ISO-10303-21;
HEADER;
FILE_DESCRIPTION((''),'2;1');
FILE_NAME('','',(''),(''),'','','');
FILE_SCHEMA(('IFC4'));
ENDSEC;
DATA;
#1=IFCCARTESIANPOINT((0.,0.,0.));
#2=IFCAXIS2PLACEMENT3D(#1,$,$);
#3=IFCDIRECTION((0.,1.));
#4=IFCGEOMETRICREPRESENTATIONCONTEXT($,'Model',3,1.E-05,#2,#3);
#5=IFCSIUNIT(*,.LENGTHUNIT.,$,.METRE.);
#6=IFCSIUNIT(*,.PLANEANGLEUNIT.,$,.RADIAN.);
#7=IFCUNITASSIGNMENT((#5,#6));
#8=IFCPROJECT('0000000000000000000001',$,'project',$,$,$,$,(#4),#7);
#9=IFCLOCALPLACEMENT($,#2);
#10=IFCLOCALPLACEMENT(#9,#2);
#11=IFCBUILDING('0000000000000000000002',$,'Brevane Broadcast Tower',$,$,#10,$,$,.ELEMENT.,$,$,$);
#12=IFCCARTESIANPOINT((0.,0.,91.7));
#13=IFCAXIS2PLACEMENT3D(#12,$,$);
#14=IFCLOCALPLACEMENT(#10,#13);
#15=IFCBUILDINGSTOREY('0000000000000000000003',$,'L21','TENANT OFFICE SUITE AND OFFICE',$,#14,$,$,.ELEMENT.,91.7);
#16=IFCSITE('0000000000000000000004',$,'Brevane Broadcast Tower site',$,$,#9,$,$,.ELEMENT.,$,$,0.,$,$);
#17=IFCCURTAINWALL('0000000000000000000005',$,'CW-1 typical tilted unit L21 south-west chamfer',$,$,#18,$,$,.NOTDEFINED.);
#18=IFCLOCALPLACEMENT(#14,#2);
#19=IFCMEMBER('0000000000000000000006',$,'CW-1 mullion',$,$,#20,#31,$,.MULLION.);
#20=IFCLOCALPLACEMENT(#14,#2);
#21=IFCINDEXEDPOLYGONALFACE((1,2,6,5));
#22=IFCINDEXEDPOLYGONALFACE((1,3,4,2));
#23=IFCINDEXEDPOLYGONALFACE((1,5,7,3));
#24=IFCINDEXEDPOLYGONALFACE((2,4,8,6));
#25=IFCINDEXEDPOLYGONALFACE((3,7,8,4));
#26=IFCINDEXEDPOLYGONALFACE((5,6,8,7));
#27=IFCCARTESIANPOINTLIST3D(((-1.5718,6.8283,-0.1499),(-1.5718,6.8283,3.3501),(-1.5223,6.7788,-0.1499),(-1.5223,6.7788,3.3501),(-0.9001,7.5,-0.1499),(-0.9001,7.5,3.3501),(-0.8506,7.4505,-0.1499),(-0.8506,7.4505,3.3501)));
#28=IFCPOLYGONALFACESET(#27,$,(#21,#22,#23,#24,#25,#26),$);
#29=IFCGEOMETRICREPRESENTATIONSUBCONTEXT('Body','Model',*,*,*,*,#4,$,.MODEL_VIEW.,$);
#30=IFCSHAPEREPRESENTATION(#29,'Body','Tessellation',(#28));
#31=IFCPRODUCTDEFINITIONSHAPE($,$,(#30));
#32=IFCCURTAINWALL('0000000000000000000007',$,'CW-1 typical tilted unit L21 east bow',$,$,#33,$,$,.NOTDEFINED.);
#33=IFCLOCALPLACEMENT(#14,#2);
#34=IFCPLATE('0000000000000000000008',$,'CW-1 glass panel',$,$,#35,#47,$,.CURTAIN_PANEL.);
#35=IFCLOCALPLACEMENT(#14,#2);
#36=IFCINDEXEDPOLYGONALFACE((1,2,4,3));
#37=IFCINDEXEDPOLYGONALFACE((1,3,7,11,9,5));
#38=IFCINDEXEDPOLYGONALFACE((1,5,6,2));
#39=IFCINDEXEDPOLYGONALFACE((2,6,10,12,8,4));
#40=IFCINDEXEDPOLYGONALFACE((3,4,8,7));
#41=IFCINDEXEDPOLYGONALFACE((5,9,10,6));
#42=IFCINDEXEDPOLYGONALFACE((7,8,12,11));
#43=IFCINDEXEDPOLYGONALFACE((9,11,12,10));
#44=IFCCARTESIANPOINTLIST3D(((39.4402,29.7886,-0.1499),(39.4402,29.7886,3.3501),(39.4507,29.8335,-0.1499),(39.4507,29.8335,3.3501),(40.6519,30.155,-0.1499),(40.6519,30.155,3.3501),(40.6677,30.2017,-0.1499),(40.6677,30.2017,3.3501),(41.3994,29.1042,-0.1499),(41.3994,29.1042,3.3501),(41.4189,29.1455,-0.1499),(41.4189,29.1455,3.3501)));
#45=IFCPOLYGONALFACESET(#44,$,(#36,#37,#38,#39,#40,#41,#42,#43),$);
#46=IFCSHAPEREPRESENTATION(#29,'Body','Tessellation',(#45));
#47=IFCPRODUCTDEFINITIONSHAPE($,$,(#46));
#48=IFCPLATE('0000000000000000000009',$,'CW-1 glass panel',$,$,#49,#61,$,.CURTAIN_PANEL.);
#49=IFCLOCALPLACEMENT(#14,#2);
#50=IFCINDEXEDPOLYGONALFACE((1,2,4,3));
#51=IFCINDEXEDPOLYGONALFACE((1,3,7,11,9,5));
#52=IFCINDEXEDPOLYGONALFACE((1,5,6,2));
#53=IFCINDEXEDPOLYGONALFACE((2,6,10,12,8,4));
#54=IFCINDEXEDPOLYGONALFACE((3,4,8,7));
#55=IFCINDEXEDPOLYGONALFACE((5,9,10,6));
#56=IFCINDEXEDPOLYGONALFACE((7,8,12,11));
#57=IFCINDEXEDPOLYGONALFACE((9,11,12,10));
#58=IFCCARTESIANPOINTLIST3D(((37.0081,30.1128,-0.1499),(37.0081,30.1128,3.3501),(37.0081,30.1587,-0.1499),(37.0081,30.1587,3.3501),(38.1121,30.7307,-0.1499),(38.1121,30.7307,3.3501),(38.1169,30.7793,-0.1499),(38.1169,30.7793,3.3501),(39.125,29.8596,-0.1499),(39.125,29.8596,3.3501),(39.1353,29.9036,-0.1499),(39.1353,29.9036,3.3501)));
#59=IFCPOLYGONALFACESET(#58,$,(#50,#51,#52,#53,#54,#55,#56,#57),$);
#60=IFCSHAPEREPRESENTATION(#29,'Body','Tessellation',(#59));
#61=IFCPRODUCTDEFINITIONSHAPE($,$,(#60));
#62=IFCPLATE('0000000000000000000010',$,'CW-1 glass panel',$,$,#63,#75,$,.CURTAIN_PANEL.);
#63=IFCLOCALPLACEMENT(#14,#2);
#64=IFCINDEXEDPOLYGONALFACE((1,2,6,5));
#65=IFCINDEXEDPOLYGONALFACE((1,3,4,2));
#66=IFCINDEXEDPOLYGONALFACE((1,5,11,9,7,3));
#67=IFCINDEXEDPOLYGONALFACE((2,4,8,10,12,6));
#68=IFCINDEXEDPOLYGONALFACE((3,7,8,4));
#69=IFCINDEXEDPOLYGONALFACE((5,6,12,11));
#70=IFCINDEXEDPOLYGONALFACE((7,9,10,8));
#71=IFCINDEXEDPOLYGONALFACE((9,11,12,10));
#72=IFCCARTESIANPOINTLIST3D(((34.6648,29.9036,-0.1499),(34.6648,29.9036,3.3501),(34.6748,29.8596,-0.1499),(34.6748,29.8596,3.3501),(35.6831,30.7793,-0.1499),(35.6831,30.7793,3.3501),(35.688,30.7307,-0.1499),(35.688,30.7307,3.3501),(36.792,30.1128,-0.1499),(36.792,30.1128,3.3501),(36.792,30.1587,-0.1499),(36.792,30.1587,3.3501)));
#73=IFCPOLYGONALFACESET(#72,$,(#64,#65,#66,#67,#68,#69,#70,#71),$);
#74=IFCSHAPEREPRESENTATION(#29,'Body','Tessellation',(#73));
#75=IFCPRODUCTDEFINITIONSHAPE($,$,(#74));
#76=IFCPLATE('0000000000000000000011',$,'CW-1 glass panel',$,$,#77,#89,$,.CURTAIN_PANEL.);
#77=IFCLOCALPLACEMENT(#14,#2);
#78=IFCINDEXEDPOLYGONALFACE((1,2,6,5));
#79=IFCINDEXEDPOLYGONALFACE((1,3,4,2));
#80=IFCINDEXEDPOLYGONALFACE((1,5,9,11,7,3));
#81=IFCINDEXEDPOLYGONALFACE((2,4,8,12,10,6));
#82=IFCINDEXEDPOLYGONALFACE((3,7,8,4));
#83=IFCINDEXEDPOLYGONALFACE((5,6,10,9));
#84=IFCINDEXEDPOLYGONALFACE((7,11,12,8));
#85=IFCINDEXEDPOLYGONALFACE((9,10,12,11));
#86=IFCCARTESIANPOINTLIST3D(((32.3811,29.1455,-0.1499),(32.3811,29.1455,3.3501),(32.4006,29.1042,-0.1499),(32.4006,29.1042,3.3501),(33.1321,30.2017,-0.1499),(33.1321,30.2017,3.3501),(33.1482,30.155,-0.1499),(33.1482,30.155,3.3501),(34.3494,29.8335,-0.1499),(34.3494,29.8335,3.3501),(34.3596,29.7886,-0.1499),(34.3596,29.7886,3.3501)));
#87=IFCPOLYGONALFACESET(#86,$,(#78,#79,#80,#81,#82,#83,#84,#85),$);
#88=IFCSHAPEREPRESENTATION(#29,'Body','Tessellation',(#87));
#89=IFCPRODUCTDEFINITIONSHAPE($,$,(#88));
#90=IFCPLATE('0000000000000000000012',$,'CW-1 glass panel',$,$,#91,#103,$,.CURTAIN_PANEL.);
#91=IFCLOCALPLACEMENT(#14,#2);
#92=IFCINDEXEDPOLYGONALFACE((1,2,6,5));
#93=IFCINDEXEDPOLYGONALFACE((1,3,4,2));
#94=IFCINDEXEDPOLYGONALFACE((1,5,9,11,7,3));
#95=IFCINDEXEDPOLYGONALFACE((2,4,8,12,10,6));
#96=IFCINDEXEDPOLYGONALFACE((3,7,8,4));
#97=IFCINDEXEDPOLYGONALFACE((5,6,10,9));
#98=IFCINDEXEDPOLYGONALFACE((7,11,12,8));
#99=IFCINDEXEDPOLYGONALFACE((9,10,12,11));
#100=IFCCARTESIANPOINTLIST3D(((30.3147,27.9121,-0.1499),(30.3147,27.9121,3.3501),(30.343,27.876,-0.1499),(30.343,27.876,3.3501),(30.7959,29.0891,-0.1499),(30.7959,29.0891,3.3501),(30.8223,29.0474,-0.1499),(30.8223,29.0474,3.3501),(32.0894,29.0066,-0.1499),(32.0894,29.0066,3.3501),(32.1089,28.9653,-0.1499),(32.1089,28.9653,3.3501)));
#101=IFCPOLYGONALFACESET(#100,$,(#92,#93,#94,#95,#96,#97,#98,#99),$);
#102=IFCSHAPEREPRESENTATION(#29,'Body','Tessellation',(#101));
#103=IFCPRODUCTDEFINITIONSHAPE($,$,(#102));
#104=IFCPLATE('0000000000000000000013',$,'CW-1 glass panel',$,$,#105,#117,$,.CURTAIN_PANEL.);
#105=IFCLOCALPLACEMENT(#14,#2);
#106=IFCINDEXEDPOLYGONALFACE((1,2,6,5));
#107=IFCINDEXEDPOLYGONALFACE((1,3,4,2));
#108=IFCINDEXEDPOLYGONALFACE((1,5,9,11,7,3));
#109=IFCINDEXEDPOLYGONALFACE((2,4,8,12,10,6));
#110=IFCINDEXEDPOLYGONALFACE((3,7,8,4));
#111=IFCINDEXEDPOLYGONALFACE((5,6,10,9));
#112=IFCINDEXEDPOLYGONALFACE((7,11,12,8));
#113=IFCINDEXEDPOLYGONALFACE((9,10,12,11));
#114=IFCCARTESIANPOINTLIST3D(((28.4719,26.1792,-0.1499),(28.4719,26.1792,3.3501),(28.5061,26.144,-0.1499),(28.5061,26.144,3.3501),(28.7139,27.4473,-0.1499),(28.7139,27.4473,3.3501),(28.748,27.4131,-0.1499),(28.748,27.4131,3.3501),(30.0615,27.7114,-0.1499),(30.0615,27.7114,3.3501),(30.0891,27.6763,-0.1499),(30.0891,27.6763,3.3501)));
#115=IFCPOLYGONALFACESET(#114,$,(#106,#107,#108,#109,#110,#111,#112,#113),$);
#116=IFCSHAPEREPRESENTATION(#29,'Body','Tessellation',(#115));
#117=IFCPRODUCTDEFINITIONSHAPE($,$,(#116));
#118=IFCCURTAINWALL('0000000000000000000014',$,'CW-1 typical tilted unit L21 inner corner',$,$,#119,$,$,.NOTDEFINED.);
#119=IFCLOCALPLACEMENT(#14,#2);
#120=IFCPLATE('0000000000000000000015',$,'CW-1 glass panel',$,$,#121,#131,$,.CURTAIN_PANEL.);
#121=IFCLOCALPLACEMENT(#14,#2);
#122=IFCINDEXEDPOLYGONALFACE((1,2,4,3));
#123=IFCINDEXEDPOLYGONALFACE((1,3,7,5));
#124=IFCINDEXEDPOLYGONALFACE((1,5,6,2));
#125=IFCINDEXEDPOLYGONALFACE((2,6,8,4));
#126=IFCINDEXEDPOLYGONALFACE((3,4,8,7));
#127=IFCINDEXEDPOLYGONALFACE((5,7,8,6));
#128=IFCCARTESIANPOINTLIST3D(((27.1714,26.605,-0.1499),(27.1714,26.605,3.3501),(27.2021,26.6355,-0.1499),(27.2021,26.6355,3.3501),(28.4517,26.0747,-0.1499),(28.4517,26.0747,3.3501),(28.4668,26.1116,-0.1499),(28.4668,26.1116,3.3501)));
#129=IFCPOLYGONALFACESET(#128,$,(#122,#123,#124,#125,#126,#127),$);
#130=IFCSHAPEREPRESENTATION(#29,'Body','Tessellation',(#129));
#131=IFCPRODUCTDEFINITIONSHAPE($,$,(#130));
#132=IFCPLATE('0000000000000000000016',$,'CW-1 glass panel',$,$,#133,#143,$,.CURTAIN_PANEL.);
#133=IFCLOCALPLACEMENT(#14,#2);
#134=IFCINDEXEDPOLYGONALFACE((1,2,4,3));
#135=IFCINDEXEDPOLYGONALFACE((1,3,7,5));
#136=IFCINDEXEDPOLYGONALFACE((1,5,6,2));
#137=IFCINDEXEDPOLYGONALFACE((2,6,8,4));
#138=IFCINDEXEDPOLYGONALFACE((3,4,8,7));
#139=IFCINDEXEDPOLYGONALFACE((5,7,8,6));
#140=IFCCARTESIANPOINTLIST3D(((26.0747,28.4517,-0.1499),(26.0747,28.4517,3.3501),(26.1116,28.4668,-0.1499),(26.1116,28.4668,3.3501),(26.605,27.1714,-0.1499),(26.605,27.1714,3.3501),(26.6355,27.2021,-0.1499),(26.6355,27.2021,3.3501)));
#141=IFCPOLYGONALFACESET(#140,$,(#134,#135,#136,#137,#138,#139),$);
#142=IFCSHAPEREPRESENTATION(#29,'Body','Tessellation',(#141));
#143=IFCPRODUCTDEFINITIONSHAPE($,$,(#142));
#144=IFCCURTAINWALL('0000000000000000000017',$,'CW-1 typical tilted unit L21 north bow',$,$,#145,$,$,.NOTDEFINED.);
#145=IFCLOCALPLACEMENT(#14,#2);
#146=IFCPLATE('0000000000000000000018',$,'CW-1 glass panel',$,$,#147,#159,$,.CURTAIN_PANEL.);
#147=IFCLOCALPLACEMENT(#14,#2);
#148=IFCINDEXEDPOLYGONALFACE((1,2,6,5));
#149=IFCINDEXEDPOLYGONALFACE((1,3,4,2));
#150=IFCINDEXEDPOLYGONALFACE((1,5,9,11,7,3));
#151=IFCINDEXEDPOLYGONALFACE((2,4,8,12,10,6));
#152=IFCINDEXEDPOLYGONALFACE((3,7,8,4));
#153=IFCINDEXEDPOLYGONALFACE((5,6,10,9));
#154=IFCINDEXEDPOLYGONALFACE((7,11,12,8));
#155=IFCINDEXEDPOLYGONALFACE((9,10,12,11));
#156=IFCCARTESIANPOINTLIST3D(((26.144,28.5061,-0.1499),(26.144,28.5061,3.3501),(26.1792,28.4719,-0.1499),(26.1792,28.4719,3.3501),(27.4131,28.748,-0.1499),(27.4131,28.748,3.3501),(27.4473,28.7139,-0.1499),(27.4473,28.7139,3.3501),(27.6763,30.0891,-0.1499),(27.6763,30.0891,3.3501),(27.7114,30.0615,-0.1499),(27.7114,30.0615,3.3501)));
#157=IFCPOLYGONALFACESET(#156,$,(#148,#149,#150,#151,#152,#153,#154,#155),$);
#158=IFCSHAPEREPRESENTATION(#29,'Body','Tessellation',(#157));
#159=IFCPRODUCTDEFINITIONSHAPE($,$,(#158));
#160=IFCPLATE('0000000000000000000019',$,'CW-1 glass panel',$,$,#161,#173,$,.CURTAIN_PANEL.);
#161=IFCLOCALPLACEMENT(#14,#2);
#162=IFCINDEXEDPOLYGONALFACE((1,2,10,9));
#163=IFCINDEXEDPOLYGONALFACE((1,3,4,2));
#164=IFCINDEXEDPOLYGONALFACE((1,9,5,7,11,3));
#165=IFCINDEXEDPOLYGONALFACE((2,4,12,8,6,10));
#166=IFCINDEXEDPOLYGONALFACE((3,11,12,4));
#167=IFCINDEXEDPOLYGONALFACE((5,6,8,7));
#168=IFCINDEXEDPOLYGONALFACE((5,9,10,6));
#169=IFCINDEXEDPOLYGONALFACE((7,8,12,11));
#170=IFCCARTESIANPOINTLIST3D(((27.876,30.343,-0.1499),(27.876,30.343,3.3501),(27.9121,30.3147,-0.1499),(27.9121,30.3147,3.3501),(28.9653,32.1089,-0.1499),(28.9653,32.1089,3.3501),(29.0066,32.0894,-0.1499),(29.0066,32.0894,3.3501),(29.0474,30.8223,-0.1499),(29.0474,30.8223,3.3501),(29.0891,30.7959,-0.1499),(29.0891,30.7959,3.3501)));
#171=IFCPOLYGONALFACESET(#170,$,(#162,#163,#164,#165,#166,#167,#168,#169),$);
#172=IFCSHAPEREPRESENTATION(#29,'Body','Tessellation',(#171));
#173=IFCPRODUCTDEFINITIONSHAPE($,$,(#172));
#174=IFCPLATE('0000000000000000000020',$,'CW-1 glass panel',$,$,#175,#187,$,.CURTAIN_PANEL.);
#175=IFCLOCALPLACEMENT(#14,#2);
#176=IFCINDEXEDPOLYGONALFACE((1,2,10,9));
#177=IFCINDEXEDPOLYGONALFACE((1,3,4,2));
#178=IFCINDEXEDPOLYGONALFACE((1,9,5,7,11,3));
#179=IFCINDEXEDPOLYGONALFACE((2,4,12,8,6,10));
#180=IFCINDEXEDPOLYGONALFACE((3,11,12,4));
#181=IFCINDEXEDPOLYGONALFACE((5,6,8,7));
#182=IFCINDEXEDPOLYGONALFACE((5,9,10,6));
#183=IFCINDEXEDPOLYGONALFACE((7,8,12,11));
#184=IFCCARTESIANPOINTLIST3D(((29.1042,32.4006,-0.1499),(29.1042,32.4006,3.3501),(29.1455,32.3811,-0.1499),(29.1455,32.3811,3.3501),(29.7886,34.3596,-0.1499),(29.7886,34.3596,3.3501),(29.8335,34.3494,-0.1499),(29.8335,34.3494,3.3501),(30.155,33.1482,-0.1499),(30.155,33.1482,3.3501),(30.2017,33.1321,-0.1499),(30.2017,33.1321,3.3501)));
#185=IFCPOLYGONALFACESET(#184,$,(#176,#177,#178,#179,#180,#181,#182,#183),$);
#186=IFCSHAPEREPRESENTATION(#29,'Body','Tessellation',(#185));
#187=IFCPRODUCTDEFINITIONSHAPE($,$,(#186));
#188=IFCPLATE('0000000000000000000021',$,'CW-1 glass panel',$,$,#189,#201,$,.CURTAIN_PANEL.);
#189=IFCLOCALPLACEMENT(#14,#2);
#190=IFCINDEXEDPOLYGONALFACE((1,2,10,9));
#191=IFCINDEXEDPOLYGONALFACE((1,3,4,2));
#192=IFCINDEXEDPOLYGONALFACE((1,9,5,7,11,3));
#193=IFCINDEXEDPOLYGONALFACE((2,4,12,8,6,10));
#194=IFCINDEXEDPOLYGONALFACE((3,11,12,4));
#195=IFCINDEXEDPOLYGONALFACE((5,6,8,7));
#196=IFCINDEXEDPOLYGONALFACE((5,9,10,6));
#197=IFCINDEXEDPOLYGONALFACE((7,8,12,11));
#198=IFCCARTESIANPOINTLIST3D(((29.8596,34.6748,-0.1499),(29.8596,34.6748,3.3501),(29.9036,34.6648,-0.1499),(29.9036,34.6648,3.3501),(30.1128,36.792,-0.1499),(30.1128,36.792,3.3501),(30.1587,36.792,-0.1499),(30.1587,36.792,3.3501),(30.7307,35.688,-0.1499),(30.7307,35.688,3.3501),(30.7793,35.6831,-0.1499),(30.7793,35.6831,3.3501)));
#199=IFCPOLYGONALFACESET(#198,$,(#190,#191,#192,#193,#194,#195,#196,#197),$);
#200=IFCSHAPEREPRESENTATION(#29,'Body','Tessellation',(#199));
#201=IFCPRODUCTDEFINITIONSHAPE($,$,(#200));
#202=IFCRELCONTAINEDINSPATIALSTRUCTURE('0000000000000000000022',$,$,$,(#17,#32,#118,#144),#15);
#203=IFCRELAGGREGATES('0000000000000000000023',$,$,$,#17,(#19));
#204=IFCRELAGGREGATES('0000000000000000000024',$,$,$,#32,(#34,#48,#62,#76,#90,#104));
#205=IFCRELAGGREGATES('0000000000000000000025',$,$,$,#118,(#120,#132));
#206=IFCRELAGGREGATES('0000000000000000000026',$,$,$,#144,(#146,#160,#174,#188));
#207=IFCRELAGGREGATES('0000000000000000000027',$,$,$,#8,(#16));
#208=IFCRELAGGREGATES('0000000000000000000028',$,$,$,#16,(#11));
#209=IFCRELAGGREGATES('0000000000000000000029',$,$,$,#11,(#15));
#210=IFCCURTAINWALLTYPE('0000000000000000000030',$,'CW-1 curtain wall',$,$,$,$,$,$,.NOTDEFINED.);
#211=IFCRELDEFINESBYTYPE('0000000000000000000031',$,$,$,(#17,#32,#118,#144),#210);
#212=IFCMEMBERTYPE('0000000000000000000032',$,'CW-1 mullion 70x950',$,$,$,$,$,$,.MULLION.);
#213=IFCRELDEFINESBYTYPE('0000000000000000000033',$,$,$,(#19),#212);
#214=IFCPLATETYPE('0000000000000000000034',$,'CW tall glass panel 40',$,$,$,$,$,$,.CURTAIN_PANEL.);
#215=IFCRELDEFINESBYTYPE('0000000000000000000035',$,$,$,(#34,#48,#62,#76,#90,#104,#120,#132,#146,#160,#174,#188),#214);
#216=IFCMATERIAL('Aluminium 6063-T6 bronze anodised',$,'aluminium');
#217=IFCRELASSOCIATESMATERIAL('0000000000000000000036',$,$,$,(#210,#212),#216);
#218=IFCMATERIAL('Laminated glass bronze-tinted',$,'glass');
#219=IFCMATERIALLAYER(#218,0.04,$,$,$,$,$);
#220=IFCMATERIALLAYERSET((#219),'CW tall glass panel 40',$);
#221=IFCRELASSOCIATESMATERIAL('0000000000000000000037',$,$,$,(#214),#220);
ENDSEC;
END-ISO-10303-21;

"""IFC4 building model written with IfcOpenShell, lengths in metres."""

from ifc_helpers import new_model, si_unit, direction, frame, origin, origin_2d, place, context, subcontext, project, spatial, polyline, rectangle, outline, extrude, material, layer, layer_set, material_profile, profile_set, type_object, element, aggregate, save


model = new_model("IFC4")

# Units and contexts
model_context = context("Model", 3, precision=1e-05, world=origin(), true_north=direction((0.0, 1.0)))
body_context = subcontext(model_context, "Body", "Model", "MODEL_VIEW")
ifc_project = project(units=[si_unit("LENGTHUNIT", "METRE"), si_unit("PLANEANGLEUNIT", "RADIAN")], contexts=[model_context])

# Site, building, storey
site_placement = place(None, origin())
site = spatial("IfcSite", under=ifc_project, at=site_placement, Name="Brevane Broadcast Tower site", CompositionType="ELEMENT", RefElevation=0.0)
building_placement = place(site_placement, origin())
building = spatial("IfcBuilding", under=site, at=building_placement, Name="Brevane Broadcast Tower", CompositionType="ELEMENT")
storey_placement = place(building_placement, frame((0.0, 0.0, 91.7)))
storey = spatial("IfcBuildingStorey", under=building, at=storey_placement, Name="L21", Description="TENANT OFFICE SUITE AND OFFICE", CompositionType="ELEMENT", Elevation=91.7)

# Curtain wall, member
ifc_material_1 = material(Name="Aluminium 6063-T6 bronze anodised", Category="aluminium")
curtain_wall_type = type_object("IfcCurtainWallType", Name="CW-1 curtain wall", PredefinedType="NOTDEFINED", material=ifc_material_1)
curtain_wall_1_placement = place(storey_placement, origin())
curtain_wall_1 = element("IfcCurtainWall", 1, at=curtain_wall_1_placement, inside=storey, type_object=curtain_wall_type, Name="CW-1 typical tilted unit L21 south-west chamfer", PredefinedType="NOTDEFINED")
ifc_material_profile = material_profile(ifc_material_1, rectangle(XDim=0.95, YDim=0.0701, at=origin_2d()), Name="RECT 70x950")
ifc_profile_set = profile_set([ifc_material_profile], Name="Aluminium 6063-T6 bronze anodised")
member_type = type_object("IfcMemberType", Name="CW-1 mullion 70x950", PredefinedType="MULLION", material=ifc_profile_set)
member_placement = place(storey_placement, frame((-1.2112, 7.1394, -0.1499), z_axis=(0.0, 0.0, 1.0), x_axis=(0.707107, 0.707107, 0.0)))
member = element("IfcMember", 2, at=member_placement, type_object=member_type, Name="CW-1 mullion", PredefinedType="MULLION", context=body_context, shape_type="SweptSolid", body=[
    extrude(rectangle(XDim=0.95, YDim=0.0701, at=origin_2d()), origin(), (0.0, 0.0, 1.0), 3.5),
])
aggregate(curtain_wall_1, [member])

# Curtain walls, plates
curtain_wall_2_placement = place(storey_placement, origin())
curtain_wall_2 = element("IfcCurtainWall", 3, at=curtain_wall_2_placement, inside=storey, type_object=curtain_wall_type, Name="CW-1 typical tilted unit L21 east bow", PredefinedType="NOTDEFINED")
ifc_material_2 = material(Name="Laminated glass bronze-tinted", Category="glass")
ifc_layer = layer(ifc_material_2, 0.04)
ifc_layer_set = layer_set([ifc_layer], Name="CW tall glass panel 40")
plate_type = type_object("IfcPlateType", Name="CW tall glass panel 40", PredefinedType="CURTAIN_PANEL", material=ifc_layer_set)
plate_1_placement = place(storey_placement, frame((0.0, 0.0, -0.1499)))
plate_1 = element("IfcPlate", 4, at=plate_1_placement, type_object=plate_type, Name="CW-1 glass panel", PredefinedType="CURTAIN_PANEL", context=body_context, shape_type="SweptSolid", body=[
    extrude(outline(polyline([(41.3994, 29.1042), (41.4189, 29.1455), (40.6677, 30.2017), (39.4507, 29.8335), (39.4402, 29.7886), (40.6519, 30.155), (41.3994, 29.1042)])), origin(), (0.0, 0.0, 1.0), 3.5),
])
plate_2_placement = place(storey_placement, frame((0.0, 0.0, -0.1499)))
plate_2 = element("IfcPlate", 5, at=plate_2_placement, type_object=plate_type, Name="CW-1 glass panel", PredefinedType="CURTAIN_PANEL", context=body_context, shape_type="SweptSolid", body=[
    extrude(outline(polyline([(39.125, 29.8596), (39.1353, 29.9036), (38.1169, 30.7793), (37.0081, 30.1587), (37.0081, 30.1128), (38.1121, 30.7307), (39.125, 29.8596)])), origin(), (0.0, 0.0, 1.0), 3.5),
])
plate_3_placement = place(storey_placement, frame((0.0, 0.0, -0.1499)))
plate_3 = element("IfcPlate", 6, at=plate_3_placement, type_object=plate_type, Name="CW-1 glass panel", PredefinedType="CURTAIN_PANEL", context=body_context, shape_type="SweptSolid", body=[
    extrude(outline(polyline([(36.792, 30.1128), (36.792, 30.1587), (35.6831, 30.7793), (34.6648, 29.9036), (34.6748, 29.8596), (35.688, 30.7307), (36.792, 30.1128)])), origin(), (0.0, 0.0, 1.0), 3.5),
])
plate_4_placement = place(storey_placement, frame((0.0, 0.0, -0.1499)))
plate_4 = element("IfcPlate", 7, at=plate_4_placement, type_object=plate_type, Name="CW-1 glass panel", PredefinedType="CURTAIN_PANEL", context=body_context, shape_type="SweptSolid", body=[
    extrude(outline(polyline([(34.3596, 29.7886), (34.3494, 29.8335), (33.1321, 30.2017), (32.3811, 29.1455), (32.4006, 29.1042), (33.1482, 30.155), (34.3596, 29.7886)])), origin(), (0.0, 0.0, 1.0), 3.5),
])
plate_5_placement = place(storey_placement, frame((0.0, 0.0, -0.1499)))
plate_5 = element("IfcPlate", 8, at=plate_5_placement, type_object=plate_type, Name="CW-1 glass panel", PredefinedType="CURTAIN_PANEL", context=body_context, shape_type="SweptSolid", body=[
    extrude(outline(polyline([(32.1089, 28.9653), (32.0894, 29.0066), (30.7959, 29.0891), (30.3147, 27.9121), (30.343, 27.876), (30.8223, 29.0474), (32.1089, 28.9653)])), origin(), (0.0, 0.0, 1.0), 3.5),
])
plate_6_placement = place(storey_placement, frame((0.0, 0.0, -0.1499)))
plate_6 = element("IfcPlate", 9, at=plate_6_placement, type_object=plate_type, Name="CW-1 glass panel", PredefinedType="CURTAIN_PANEL", context=body_context, shape_type="SweptSolid", body=[
    extrude(outline(polyline([(30.0891, 27.6763), (30.0615, 27.7114), (28.7139, 27.4473), (28.4719, 26.1792), (28.5061, 26.144), (28.748, 27.4131), (30.0891, 27.6763)])), origin(), (0.0, 0.0, 1.0), 3.5),
])
aggregate(curtain_wall_2, [plate_1, plate_2, plate_3, plate_4, plate_5, plate_6])
curtain_wall_3_placement = place(storey_placement, origin())
curtain_wall_3 = element("IfcCurtainWall", 10, at=curtain_wall_3_placement, inside=storey, type_object=curtain_wall_type, Name="CW-1 typical tilted unit L21 inner corner", PredefinedType="NOTDEFINED")
plate_7_placement = place(storey_placement, frame((0.0, 0.0, -0.1499)))
plate_7 = element("IfcPlate", 11, at=plate_7_placement, type_object=plate_type, Name="CW-1 glass panel", PredefinedType="CURTAIN_PANEL", context=body_context, shape_type="SweptSolid", body=[
    extrude(outline(polyline([(28.4517, 26.0747), (28.4668, 26.1116), (27.2021, 26.6355), (27.1714, 26.605), (28.4517, 26.0747)])), origin(), (0.0, 0.0, 1.0), 3.5),
])
plate_8_placement = place(storey_placement, frame((0.0, 0.0, -0.1499)))
plate_8 = element("IfcPlate", 12, at=plate_8_placement, type_object=plate_type, Name="CW-1 glass panel", PredefinedType="CURTAIN_PANEL", context=body_context, shape_type="SweptSolid", body=[
    extrude(outline(polyline([(26.605, 27.1714), (26.6355, 27.2021), (26.1116, 28.4668), (26.0747, 28.4517), (26.605, 27.1714)])), origin(), (0.0, 0.0, 1.0), 3.5),
])
aggregate(curtain_wall_3, [plate_7, plate_8])
curtain_wall_4_placement = place(storey_placement, origin())
curtain_wall_4 = element("IfcCurtainWall", 13, at=curtain_wall_4_placement, inside=storey, type_object=curtain_wall_type, Name="CW-1 typical tilted unit L21 north bow", PredefinedType="NOTDEFINED")
plate_9_placement = place(storey_placement, frame((0.0, 0.0, -0.1499)))
plate_9 = element("IfcPlate", 14, at=plate_9_placement, type_object=plate_type, Name="CW-1 glass panel", PredefinedType="CURTAIN_PANEL", context=body_context, shape_type="SweptSolid", body=[
    extrude(outline(polyline([(26.144, 28.5061), (26.1792, 28.4719), (27.4473, 28.7139), (27.7114, 30.0615), (27.6763, 30.0891), (27.4131, 28.748), (26.144, 28.5061)])), origin(), (0.0, 0.0, 1.0), 3.5),
])
plate_10_placement = place(storey_placement, frame((0.0, 0.0, -0.1499)))
plate_10 = element("IfcPlate", 15, at=plate_10_placement, type_object=plate_type, Name="CW-1 glass panel", PredefinedType="CURTAIN_PANEL", context=body_context, shape_type="SweptSolid", body=[
    extrude(outline(polyline([(27.876, 30.343), (27.9121, 30.3147), (29.0891, 30.7959), (29.0066, 32.0894), (28.9653, 32.1089), (29.0474, 30.8223), (27.876, 30.343)])), origin(), (0.0, 0.0, 1.0), 3.5),
])
plate_11_placement = place(storey_placement, frame((0.0, 0.0, -0.1499)))
plate_11 = element("IfcPlate", 16, at=plate_11_placement, type_object=plate_type, Name="CW-1 glass panel", PredefinedType="CURTAIN_PANEL", context=body_context, shape_type="SweptSolid", body=[
    extrude(outline(polyline([(29.1042, 32.4006), (29.1455, 32.3811), (30.2017, 33.1321), (29.8335, 34.3494), (29.7886, 34.3596), (30.155, 33.1482), (29.1042, 32.4006)])), origin(), (0.0, 0.0, 1.0), 3.5),
])
plate_12_placement = place(storey_placement, frame((0.0, 0.0, -0.1499)))
plate_12 = element("IfcPlate", 17, at=plate_12_placement, type_object=plate_type, Name="CW-1 glass panel", PredefinedType="CURTAIN_PANEL", context=body_context, shape_type="SweptSolid", body=[
    extrude(outline(polyline([(29.8596, 34.6748), (29.9036, 34.6648), (30.7793, 35.6831), (30.1587, 36.792), (30.1128, 36.792), (30.7307, 35.688), (29.8596, 34.6748)])), origin(), (0.0, 0.0, 1.0), 3.5),
])
aggregate(curtain_wall_4, [plate_9, plate_10, plate_11, plate_12])

save(model, "model.ifc")
